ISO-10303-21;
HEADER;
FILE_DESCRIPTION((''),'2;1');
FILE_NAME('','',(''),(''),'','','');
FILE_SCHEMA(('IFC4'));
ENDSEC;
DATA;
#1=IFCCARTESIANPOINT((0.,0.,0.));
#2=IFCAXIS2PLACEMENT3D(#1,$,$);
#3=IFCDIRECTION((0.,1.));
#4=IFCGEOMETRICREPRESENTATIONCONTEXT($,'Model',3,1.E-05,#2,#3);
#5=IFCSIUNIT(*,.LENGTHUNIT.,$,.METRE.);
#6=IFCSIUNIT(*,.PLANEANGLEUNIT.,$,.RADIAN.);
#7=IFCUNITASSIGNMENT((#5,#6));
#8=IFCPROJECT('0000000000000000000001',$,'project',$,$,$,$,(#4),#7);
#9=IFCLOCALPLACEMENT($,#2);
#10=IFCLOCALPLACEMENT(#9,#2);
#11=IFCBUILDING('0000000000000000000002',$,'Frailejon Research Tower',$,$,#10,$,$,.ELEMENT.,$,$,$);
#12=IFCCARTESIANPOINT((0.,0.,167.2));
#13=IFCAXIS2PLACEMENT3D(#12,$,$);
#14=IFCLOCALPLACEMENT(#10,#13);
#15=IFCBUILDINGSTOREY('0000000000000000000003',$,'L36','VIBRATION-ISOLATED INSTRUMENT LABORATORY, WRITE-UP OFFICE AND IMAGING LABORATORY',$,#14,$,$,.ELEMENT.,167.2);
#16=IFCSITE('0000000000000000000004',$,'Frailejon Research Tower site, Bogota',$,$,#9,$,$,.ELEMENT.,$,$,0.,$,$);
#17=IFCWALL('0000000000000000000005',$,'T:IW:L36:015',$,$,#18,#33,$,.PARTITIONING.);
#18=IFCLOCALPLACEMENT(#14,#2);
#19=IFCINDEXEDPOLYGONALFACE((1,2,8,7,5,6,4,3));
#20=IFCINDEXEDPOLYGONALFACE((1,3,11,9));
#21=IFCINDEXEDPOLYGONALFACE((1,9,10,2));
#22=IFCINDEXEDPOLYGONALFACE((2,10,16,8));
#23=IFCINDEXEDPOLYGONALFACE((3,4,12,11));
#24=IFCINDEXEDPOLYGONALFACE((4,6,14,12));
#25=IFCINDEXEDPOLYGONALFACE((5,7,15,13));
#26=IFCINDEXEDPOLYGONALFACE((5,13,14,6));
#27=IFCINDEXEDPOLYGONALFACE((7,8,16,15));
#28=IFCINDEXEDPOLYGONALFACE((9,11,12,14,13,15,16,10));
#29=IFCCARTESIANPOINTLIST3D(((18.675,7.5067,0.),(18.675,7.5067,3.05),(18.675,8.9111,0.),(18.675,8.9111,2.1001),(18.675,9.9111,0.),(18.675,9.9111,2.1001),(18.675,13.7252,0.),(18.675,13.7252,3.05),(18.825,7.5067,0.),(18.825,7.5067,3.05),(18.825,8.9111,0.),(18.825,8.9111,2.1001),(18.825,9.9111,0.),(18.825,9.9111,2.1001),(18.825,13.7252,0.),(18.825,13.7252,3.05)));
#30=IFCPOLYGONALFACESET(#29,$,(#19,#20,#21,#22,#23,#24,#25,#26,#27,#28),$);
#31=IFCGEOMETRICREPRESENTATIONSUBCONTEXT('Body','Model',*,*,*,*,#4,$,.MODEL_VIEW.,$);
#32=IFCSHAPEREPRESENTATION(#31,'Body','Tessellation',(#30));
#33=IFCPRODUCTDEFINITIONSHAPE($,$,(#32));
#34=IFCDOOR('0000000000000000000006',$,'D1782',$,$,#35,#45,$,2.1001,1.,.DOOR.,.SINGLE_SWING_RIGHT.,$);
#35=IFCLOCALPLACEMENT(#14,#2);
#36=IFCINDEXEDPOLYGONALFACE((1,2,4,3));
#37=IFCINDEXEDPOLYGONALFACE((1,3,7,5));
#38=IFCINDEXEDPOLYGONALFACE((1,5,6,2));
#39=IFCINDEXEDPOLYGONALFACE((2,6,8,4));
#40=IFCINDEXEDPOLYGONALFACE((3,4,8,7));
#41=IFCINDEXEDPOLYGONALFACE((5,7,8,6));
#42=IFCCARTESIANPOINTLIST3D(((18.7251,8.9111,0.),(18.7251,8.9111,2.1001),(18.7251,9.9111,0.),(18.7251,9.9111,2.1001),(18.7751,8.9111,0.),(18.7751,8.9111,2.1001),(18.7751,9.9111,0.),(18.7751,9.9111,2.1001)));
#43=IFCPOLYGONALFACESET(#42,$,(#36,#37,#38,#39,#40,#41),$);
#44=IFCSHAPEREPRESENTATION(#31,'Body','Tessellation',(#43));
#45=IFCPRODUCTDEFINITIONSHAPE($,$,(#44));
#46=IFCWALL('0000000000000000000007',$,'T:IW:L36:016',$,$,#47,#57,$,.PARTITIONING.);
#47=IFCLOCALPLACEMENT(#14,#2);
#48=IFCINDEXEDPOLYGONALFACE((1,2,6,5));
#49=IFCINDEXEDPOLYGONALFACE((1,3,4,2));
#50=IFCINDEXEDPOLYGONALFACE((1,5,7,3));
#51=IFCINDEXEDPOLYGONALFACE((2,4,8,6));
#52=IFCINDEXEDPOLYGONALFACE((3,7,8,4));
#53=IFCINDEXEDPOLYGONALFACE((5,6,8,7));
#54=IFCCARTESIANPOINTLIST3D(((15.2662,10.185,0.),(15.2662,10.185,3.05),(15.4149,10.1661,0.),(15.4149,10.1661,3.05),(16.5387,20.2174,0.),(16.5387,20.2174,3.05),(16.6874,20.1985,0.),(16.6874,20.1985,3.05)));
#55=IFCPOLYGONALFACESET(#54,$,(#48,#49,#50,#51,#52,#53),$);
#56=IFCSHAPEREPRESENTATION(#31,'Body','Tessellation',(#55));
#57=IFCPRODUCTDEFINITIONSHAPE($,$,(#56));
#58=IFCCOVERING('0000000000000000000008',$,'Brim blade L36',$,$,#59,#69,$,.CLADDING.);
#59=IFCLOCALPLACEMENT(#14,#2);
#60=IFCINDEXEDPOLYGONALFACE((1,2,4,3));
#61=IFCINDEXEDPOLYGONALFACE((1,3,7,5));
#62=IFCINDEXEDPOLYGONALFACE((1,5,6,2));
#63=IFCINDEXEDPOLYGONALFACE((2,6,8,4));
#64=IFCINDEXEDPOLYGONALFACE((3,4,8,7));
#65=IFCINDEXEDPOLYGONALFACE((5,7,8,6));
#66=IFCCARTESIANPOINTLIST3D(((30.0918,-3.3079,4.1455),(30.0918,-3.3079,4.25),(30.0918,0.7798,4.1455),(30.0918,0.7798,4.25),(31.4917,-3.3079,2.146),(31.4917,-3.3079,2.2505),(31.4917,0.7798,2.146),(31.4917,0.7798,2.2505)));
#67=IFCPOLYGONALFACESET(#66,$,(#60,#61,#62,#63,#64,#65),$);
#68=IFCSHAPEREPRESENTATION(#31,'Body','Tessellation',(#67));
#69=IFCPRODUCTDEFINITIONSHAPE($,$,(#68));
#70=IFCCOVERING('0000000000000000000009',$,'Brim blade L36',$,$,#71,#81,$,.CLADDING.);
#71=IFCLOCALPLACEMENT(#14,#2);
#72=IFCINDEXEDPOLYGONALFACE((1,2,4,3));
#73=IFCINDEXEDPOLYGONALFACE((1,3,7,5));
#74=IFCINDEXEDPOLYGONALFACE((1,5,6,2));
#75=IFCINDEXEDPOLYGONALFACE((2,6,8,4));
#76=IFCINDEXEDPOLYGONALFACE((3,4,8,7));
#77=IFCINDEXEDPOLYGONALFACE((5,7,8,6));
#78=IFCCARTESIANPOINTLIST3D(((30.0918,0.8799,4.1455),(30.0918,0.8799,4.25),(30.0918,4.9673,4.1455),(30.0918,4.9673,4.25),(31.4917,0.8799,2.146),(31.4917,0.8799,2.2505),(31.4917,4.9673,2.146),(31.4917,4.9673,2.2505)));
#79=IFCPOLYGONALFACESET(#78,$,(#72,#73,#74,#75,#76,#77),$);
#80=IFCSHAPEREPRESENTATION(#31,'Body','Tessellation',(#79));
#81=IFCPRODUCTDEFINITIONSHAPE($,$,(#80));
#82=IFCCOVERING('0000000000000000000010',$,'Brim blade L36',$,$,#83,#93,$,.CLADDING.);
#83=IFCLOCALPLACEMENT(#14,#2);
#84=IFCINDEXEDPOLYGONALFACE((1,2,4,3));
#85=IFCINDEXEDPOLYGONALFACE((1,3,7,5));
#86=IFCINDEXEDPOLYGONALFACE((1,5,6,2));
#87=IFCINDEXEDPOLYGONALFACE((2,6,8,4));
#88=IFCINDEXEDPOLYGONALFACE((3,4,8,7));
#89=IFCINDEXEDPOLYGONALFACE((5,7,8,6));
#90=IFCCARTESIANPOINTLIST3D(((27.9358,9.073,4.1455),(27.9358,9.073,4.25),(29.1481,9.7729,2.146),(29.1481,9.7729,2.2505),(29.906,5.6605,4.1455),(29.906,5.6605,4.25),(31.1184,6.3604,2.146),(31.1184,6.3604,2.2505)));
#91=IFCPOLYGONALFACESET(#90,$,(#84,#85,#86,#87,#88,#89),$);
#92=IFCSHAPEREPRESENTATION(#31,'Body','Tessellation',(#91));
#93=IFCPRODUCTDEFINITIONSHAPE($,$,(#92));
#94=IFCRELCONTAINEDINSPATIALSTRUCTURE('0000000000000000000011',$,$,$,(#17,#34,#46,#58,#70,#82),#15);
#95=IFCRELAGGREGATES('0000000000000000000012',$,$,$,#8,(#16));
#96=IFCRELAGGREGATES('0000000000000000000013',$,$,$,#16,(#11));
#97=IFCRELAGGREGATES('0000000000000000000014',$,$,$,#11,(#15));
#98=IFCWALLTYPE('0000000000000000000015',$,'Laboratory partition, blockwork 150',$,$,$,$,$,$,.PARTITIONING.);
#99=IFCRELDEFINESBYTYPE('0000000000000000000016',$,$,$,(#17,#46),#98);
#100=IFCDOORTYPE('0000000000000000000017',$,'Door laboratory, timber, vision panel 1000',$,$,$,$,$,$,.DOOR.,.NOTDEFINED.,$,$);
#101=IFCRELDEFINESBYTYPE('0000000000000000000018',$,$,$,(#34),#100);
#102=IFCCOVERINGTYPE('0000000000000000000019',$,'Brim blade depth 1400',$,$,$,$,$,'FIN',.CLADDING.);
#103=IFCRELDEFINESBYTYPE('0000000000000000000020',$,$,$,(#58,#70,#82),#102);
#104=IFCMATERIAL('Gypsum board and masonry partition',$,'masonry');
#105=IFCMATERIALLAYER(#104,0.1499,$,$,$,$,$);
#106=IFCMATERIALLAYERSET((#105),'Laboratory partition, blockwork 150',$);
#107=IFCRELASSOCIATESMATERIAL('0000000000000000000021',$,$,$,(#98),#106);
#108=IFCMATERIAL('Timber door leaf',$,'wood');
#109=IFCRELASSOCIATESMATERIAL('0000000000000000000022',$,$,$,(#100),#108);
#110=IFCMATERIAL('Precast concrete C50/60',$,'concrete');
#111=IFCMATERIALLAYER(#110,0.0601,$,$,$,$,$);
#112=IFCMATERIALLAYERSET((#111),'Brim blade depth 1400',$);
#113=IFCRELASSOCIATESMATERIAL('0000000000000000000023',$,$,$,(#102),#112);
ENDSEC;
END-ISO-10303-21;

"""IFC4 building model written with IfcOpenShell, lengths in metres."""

from ifc_helpers import new_model, si_unit, direction, frame, frame_2d, origin, place, context, subcontext, project, spatial, polyline, rectangle, outline, extrude, material, layer, layer_set, type_object, element, fill, save


model = new_model("IFC4")

# Units and contexts
model_context = context("Model", 3, precision=1e-05, world=origin(), true_north=direction((0.0, 1.0)))
body_context = subcontext(model_context, "Body", "Model", "MODEL_VIEW")
ifc_project = project(units=[si_unit("LENGTHUNIT", "METRE"), si_unit("PLANEANGLEUNIT", "RADIAN")], contexts=[model_context])

# Site, building, storey
site_placement = place(None, origin())
site = spatial("IfcSite", under=ifc_project, at=site_placement, Name="Frailejon Research Tower site, Bogota", CompositionType="ELEMENT", RefElevation=0.0)
building_placement = place(site_placement, origin())
building = spatial("IfcBuilding", under=site, at=building_placement, Name="Frailejon Research Tower", CompositionType="ELEMENT")
storey_placement = place(building_placement, frame((0.0, 0.0, 167.2)))
storey = spatial("IfcBuildingStorey", under=building, at=storey_placement, Name="L36", Description="VIBRATION-ISOLATED INSTRUMENT LABORATORY, WRITE-UP OFFICE AND IMAGING LABORATORY", CompositionType="ELEMENT", Elevation=167.2)

# Shared definitions
ifc_material_1 = material(Name="Gypsum board and masonry partition", Category="masonry")
ifc_layer_1 = layer(ifc_material_1, 0.1499)
ifc_layer_set_1 = layer_set([ifc_layer_1], Name="Laboratory partition, blockwork 150")
wall_type_1 = type_object("IfcWallType", Name="Laboratory partition, blockwork 150", PredefinedType="PARTITIONING", material=ifc_layer_set_1)

# Wall, opening, door
wall_1_placement = place(storey_placement, frame((18.75, 7.5066, 0.0), z_axis=(0.0, 0.0, 1.0), x_axis=(0.0, 1.0, 0.0)))
wall_1 = element("IfcWall", 1, at=wall_1_placement, inside=storey, type_object=wall_type_1, Name="T:IW:L36:015", PredefinedType="PARTITIONING", context=body_context, shape_type="SweptSolid", body=[
    extrude(rectangle(XDim=6.2185, YDim=0.1499, at=frame_2d((3.1094, 0.0))), origin(), (0.0, 0.0, 1.0), 3.05),
])
opening_1_placement = place(wall_1_placement, frame((1.4045, 0.0, 0.0)))
opening_1 = element("IfcOpeningElement", 2, at=opening_1_placement, cuts=wall_1, PredefinedType="OPENING", context=body_context, shape_type="SweptSolid", body=[
    extrude(rectangle(XDim=1.0, YDim=2.1001, at=frame_2d((0.5, 1.05))), frame((0.0, 0.085, 0.0), z_axis=(0.0, -1.0, 0.0), x_axis=(1.0, 0.0, 0.0)), (0.0, 0.0, 1.0), 0.1699),
])
ifc_material_2 = material(Name="Timber door leaf", Category="wood")
door_type_1 = type_object("IfcDoorType", Name="Door laboratory, timber, vision panel 1000", OperationType="NOTDEFINED", PredefinedType="DOOR", material=ifc_material_2)
door_1_placement = place(opening_1_placement, origin())
door_1 = element("IfcDoor", 3, at=door_1_placement, inside=storey, type_object=door_type_1, Name="D1782", OperationType="SINGLE_SWING_RIGHT", OverallHeight=2.1001, OverallWidth=1.0, PredefinedType="DOOR", context=body_context, shape_type="SweptSolid", body=[
    extrude(rectangle(XDim=1.0, YDim=2.1001, at=frame_2d((0.5, 1.05))), frame((0.0, 0.0249, 0.0), z_axis=(0.0, -1.0, 0.0), x_axis=(1.0, 0.0, 0.0)), (0.0, 0.0, 1.0), 0.05),
])
fill(opening_1, door_1)

# Wall
wall_2_placement = place(storey_placement, frame((15.3406, 10.1755, 0.0), z_axis=(0.0, 0.0, 1.0), x_axis=(0.125826, 0.992052, 0.0)))
element("IfcWall", 4, at=wall_2_placement, inside=storey, type_object=wall_type_1, Name="T:IW:L36:016", PredefinedType="PARTITIONING", context=body_context, shape_type="SweptSolid", body=[
    extrude(rectangle(XDim=10.1128, YDim=0.1499, at=frame_2d((5.0564, 0.0))), origin(), (0.0, 0.0, 1.0), 3.05),
])

# Coverings
ifc_material_3 = material(Name="Precast concrete C50/60", Category="concrete")
ifc_layer_2 = layer(ifc_material_3, 0.0601)
ifc_layer_set_2 = layer_set([ifc_layer_2], Name="Brim blade depth 1400")
covering_type = type_object("IfcCoveringType", Name="Brim blade depth 1400", ElementType="FIN", PredefinedType="CLADDING", material=ifc_layer_set_2)
covering_1_placement = place(storey_placement, frame((30.0918, 0.7798, 4.25), z_axis=(0.0, -1.0, 0.0), x_axis=(1.0, 0.0, 0.0)))
element("IfcCovering", 5, at=covering_1_placement, inside=storey, type_object=covering_type, Name="Brim blade L36", PredefinedType="CLADDING", context=body_context, shape_type="SweptSolid", body=[
    extrude(outline(polyline([(0.0, -0.1045), (1.3999, -2.104), (1.3999, -1.9995), (0.0, 0.0), (0.0, -0.1045)])), origin(), (0.0, 0.0, 1.0), 4.0876),
])
covering_2_placement = place(storey_placement, frame((30.0918, 4.9673, 4.25), z_axis=(0.0, -1.0, 0.0), x_axis=(1.0, 0.0, 0.0)))
element("IfcCovering", 6, at=covering_2_placement, inside=storey, type_object=covering_type, Name="Brim blade L36", PredefinedType="CLADDING", context=body_context, shape_type="SweptSolid", body=[
    extrude(outline(polyline([(0.0, -0.1045), (1.3999, -2.104), (1.3999, -1.9995), (0.0, 0.0), (0.0, -0.1045)])), origin(), (0.0, 0.0, 1.0), 4.0874),
])
covering_3_placement = place(storey_placement, frame((27.9358, 9.073, 4.25), z_axis=(0.499999, -0.866026, 0.0), x_axis=(0.866026, 0.499999, 0.0)))
element("IfcCovering", 7, at=covering_3_placement, inside=storey, type_object=covering_type, Name="Brim blade L36", PredefinedType="CLADDING", context=body_context, shape_type="SweptSolid", body=[
    extrude(outline(polyline([(0.0, -0.1045), (1.3999, -2.104), (1.3999, -1.9995), (0.0, 0.0), (0.0, -0.1045)])), origin(), (0.0, 0.0, 1.0), 3.9404),
])

save(model, "model.ifc")
